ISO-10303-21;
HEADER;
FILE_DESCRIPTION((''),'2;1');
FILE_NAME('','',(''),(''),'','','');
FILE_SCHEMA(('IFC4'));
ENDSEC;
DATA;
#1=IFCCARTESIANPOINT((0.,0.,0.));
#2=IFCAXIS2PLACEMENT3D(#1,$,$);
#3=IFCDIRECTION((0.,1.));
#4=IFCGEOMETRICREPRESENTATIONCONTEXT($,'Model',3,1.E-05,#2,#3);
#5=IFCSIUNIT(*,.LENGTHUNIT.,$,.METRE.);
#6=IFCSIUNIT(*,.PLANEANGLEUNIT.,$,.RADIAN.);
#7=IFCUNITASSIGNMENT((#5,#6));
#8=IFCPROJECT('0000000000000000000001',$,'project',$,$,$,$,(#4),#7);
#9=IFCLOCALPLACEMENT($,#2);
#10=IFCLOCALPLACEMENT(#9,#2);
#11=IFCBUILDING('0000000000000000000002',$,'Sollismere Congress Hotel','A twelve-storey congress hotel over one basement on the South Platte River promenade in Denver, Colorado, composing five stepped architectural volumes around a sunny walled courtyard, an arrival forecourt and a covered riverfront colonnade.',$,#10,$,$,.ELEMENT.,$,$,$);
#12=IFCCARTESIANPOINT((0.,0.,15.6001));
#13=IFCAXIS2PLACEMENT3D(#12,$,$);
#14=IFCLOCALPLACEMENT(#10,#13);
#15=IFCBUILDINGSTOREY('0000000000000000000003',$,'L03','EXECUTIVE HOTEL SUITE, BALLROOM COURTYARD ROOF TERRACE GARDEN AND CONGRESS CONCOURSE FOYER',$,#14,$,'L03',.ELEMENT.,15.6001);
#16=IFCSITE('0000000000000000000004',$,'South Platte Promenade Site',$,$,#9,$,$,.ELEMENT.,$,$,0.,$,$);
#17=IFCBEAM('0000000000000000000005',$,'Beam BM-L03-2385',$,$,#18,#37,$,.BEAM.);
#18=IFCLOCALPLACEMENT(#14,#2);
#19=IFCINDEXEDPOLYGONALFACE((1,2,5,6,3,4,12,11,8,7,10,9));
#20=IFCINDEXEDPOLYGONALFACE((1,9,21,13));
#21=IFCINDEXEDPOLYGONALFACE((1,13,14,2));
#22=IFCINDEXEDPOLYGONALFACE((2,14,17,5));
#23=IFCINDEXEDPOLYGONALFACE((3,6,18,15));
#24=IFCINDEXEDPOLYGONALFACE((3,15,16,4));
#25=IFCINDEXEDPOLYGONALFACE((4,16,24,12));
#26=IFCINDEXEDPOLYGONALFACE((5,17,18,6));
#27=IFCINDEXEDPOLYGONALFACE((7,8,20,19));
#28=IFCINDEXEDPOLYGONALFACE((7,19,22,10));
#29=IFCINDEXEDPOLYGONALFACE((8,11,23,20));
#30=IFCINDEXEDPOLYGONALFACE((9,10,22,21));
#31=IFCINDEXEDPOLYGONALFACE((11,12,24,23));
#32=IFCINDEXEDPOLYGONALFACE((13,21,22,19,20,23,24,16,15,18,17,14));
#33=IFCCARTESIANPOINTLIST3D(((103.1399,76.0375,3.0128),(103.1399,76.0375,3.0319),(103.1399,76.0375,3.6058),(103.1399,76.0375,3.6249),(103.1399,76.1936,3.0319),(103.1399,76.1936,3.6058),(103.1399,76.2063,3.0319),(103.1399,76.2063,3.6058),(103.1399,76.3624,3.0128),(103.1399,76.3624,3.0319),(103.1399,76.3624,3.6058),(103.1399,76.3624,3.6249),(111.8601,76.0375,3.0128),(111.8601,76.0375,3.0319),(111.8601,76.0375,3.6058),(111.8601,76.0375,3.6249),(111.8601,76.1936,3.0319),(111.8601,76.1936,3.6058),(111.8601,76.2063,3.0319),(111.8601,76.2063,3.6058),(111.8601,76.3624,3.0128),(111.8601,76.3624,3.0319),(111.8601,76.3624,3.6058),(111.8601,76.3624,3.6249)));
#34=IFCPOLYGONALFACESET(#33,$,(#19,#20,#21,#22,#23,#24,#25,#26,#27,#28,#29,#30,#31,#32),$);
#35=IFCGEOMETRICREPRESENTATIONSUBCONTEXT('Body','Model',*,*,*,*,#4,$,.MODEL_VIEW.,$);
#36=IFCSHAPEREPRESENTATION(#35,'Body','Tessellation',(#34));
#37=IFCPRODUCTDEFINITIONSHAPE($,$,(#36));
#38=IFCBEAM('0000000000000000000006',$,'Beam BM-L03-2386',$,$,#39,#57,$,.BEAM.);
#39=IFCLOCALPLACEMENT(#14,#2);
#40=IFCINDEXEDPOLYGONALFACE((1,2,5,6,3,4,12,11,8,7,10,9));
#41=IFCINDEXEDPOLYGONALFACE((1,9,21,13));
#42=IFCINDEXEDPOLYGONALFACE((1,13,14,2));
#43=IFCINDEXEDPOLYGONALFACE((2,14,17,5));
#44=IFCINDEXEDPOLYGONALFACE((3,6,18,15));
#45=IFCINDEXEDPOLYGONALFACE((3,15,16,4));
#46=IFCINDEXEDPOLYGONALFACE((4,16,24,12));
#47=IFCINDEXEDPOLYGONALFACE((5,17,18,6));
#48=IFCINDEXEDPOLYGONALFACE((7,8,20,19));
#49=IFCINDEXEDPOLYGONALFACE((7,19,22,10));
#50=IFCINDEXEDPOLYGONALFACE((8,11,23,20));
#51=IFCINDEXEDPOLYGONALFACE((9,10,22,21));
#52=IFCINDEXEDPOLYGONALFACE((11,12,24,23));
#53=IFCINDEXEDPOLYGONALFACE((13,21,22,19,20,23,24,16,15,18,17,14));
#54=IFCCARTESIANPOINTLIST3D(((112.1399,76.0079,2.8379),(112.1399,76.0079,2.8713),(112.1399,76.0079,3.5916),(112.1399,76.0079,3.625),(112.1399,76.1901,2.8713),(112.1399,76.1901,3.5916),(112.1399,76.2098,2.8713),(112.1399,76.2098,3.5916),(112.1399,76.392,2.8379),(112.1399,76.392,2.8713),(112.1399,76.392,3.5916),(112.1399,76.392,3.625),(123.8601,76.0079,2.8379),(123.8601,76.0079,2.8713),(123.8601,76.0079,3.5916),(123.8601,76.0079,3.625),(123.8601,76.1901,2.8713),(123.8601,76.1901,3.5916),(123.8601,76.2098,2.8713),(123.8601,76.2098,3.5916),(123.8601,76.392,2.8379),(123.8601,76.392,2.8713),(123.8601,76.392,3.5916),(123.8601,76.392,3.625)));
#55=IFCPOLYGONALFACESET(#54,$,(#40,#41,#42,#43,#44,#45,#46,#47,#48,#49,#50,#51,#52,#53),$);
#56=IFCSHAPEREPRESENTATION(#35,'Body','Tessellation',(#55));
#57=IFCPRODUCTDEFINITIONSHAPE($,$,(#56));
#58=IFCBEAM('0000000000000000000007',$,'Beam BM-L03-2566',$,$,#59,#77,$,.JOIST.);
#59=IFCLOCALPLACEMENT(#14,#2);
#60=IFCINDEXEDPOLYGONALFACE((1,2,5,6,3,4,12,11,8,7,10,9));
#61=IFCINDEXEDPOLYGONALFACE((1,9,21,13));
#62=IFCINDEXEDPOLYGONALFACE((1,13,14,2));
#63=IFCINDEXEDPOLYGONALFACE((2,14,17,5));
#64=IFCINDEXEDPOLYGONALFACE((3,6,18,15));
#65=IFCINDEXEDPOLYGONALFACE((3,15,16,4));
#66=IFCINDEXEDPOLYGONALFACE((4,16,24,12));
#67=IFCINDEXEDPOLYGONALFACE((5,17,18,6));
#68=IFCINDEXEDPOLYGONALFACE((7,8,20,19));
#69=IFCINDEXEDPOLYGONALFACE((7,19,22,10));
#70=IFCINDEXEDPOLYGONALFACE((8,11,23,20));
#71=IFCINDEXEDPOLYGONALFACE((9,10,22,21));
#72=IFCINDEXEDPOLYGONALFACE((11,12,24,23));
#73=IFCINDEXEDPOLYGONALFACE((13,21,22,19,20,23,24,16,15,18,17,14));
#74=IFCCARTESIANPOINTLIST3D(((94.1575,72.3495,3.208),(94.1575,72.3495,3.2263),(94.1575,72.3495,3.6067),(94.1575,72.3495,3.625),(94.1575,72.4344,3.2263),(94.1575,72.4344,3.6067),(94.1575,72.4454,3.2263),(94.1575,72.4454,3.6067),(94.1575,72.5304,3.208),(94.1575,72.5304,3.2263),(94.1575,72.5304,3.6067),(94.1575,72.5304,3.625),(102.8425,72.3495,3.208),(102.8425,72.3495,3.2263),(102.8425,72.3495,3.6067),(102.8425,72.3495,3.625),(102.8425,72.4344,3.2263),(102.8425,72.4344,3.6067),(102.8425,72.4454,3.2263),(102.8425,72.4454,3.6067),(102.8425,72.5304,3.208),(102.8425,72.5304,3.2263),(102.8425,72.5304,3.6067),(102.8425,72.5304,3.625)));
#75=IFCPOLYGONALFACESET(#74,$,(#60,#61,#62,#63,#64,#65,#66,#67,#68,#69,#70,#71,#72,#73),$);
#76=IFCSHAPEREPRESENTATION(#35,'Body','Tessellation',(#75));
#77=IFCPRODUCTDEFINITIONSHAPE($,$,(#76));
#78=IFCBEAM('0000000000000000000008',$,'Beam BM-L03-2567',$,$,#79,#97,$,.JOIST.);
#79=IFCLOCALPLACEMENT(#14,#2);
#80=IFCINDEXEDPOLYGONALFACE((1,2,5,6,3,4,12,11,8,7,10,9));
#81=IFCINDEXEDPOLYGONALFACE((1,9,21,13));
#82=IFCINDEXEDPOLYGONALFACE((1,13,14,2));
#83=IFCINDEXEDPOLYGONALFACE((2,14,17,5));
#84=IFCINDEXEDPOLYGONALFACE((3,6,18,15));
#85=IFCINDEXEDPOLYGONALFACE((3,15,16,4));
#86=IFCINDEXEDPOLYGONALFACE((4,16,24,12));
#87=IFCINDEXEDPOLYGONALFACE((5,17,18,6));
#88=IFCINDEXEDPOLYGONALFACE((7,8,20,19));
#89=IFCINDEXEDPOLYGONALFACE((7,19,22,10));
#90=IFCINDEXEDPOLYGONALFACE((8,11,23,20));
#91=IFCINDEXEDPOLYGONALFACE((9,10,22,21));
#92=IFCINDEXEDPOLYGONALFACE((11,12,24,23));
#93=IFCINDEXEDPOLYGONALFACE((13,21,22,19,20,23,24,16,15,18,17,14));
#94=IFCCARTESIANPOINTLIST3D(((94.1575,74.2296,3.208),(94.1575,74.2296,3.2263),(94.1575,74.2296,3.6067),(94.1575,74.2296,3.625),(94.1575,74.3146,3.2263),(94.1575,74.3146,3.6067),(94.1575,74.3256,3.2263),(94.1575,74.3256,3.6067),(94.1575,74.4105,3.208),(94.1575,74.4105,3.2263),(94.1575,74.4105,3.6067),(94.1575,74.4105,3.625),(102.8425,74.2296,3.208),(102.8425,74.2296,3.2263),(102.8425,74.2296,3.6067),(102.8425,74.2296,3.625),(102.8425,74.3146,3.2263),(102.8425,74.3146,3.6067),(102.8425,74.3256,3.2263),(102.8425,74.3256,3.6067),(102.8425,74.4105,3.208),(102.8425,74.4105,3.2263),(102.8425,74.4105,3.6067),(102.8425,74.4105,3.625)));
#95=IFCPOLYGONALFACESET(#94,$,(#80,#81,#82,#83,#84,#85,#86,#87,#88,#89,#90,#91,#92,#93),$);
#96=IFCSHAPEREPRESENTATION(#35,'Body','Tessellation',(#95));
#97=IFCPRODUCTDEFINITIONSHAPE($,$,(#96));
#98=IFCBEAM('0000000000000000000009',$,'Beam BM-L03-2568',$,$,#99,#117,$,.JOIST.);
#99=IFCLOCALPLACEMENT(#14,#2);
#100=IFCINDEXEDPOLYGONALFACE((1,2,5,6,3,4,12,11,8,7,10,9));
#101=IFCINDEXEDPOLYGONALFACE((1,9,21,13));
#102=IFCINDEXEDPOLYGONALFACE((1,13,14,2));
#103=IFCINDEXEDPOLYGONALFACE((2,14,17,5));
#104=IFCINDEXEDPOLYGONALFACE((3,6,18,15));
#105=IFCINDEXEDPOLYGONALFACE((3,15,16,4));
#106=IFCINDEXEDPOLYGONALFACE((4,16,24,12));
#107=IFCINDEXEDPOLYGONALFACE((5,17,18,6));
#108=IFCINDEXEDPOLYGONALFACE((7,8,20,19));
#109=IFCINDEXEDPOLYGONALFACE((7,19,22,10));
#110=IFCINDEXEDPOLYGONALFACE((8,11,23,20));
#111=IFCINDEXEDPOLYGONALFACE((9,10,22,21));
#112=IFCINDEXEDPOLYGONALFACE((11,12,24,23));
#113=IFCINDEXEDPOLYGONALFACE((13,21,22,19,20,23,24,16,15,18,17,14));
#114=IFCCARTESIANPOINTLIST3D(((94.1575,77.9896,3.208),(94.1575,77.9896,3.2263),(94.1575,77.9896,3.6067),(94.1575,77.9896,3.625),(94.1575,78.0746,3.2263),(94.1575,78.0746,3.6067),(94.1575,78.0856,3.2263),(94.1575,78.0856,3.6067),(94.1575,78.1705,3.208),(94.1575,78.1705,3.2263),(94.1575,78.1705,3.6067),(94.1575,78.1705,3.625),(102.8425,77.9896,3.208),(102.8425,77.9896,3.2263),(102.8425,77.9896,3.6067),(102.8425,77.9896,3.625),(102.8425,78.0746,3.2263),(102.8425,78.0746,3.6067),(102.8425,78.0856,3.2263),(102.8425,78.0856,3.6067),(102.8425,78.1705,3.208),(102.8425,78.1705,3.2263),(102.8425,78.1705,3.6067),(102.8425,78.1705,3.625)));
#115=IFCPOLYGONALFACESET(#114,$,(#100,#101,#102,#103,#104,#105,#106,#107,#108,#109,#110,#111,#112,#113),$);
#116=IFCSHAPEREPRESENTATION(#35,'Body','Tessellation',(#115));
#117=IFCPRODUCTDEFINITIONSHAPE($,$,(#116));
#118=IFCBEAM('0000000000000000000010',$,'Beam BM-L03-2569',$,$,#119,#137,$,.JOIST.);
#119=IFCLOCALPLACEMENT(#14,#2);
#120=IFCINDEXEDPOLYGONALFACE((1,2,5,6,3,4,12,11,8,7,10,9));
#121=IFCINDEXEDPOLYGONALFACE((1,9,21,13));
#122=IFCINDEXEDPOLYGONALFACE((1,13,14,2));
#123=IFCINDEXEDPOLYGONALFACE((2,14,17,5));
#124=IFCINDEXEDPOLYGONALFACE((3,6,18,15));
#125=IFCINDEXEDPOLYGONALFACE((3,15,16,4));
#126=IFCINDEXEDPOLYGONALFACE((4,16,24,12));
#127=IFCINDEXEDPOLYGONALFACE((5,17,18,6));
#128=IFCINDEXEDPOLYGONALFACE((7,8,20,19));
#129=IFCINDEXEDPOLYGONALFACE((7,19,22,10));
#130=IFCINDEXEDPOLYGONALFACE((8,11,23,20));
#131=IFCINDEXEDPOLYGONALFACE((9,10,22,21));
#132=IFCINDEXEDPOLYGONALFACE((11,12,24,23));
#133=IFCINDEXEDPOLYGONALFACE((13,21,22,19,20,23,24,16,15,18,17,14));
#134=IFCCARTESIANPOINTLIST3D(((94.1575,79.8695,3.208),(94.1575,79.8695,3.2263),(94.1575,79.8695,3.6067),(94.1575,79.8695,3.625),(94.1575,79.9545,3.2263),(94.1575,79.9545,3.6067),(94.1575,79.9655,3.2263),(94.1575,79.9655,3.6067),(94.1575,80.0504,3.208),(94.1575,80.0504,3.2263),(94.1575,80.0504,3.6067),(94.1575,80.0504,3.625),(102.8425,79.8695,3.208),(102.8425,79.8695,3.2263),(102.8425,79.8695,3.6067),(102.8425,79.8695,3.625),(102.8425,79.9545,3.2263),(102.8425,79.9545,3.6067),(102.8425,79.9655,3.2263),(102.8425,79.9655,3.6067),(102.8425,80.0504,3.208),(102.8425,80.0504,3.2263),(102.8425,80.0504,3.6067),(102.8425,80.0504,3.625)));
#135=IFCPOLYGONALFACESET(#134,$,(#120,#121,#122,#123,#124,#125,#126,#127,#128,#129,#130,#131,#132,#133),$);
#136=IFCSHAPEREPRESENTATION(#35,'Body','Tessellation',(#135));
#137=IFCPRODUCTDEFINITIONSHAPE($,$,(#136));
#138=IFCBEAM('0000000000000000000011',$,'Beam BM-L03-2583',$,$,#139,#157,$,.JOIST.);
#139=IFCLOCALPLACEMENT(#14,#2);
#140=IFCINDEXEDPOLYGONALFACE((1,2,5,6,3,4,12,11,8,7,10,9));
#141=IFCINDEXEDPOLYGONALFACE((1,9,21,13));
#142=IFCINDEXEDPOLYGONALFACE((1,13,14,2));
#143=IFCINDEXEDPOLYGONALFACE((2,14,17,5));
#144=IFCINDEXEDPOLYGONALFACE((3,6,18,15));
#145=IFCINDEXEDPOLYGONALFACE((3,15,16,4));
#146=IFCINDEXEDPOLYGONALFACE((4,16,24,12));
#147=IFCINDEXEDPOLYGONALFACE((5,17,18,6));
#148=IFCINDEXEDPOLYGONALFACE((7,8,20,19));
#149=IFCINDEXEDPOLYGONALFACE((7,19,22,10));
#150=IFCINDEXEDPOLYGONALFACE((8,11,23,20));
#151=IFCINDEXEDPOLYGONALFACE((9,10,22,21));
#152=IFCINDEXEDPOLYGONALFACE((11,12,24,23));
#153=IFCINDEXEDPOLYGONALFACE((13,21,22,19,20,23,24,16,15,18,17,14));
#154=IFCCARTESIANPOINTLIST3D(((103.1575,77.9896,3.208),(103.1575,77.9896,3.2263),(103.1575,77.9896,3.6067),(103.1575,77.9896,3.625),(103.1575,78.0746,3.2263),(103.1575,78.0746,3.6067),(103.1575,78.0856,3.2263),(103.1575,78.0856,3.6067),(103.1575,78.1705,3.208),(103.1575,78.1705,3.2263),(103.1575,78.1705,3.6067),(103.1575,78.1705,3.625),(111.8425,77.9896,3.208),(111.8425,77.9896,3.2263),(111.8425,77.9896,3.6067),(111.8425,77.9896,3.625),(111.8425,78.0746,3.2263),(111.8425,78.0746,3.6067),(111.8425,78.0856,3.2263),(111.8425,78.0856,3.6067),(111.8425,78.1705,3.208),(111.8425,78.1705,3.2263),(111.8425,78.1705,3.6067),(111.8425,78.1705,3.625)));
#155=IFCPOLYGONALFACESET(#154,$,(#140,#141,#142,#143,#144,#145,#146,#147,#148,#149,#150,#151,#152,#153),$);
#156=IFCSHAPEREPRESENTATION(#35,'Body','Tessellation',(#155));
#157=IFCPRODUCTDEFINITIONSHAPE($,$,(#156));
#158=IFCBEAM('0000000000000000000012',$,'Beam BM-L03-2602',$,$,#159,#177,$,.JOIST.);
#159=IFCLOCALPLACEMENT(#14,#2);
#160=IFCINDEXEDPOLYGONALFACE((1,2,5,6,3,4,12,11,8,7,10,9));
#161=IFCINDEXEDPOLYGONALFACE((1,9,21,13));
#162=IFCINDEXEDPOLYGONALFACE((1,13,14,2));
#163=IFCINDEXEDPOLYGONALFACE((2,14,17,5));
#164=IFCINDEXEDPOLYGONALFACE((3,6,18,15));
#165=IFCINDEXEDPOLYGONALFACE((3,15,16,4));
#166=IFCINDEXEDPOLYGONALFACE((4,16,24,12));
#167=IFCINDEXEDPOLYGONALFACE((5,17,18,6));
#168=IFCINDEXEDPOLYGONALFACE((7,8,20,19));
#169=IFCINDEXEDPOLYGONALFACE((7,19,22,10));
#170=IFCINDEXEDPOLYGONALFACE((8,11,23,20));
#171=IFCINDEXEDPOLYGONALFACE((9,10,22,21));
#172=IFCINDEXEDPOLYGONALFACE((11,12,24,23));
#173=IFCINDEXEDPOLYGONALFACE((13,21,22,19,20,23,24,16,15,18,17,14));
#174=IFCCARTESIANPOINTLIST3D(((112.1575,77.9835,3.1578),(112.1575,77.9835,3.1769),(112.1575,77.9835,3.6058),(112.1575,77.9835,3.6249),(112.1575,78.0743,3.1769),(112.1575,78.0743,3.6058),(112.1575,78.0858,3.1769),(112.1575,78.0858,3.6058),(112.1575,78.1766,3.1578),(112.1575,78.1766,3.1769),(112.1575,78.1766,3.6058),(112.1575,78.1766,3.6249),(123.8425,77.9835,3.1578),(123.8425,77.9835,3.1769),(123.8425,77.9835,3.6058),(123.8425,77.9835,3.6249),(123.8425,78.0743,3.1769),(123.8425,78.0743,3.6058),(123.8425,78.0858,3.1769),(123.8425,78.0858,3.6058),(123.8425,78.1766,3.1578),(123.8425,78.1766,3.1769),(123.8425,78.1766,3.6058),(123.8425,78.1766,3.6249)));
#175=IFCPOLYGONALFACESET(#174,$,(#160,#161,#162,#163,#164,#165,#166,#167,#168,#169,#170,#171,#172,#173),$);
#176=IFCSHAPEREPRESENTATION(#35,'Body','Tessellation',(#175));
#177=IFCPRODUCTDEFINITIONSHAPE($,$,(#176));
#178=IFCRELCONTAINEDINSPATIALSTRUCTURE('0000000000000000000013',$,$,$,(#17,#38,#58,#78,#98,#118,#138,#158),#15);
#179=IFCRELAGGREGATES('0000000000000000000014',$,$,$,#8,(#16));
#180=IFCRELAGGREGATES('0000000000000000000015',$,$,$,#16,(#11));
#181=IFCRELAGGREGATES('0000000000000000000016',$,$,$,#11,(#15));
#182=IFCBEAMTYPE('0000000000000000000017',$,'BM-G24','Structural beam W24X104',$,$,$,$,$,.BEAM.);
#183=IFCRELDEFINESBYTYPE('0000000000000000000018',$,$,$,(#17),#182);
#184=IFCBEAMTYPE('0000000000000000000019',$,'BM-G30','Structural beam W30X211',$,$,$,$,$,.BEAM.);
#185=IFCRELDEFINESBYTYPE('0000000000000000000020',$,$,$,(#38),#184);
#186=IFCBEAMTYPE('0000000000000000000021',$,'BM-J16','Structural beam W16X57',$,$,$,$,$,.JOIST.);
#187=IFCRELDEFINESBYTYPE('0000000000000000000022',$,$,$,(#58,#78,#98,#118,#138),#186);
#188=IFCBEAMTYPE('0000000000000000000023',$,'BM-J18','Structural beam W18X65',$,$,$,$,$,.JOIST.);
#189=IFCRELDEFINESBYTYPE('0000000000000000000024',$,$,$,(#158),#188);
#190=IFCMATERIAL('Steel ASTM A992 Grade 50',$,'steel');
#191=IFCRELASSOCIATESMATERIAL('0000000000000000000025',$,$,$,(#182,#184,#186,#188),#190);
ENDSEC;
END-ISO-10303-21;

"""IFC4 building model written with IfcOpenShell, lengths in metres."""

from ifc_helpers import new_model, si_unit, direction, frame, origin, origin_2d, place, context, subcontext, project, spatial, i_section, extrude, material, material_profile, profile_set, type_object, element, save


model = new_model("IFC4")

# Units and contexts
model_context = context("Model", 3, precision=1e-05, world=origin(), true_north=direction((0.0, 1.0)))
body_context = subcontext(model_context, "Body", "Model", "MODEL_VIEW")
ifc_project = project(units=[si_unit("LENGTHUNIT", "METRE"), si_unit("PLANEANGLEUNIT", "RADIAN")], contexts=[model_context])

# Site, building, storey
site_placement = place(None, origin())
site = spatial("IfcSite", under=ifc_project, at=site_placement, Name="South Platte Promenade Site", CompositionType="ELEMENT", RefElevation=0.0)
building_placement = place(site_placement, origin())
building = spatial("IfcBuilding", under=site, at=building_placement, Name="Sollismere Congress Hotel", Description="A twelve-storey congress hotel over one basement on the South Platte River promenade in Denver, Colorado, composing five stepped architectural volumes around a sunny walled courtyard, an arrival forecourt and a covered riverfront colonnade.", CompositionType="ELEMENT")
storey_placement = place(building_placement, frame((0.0, 0.0, 15.6001)))
storey = spatial("IfcBuildingStorey", under=building, at=storey_placement, Name="L03", Description="EXECUTIVE HOTEL SUITE, BALLROOM COURTYARD ROOF TERRACE GARDEN AND CONGRESS CONCOURSE FOYER", LongName="L03", CompositionType="ELEMENT", Elevation=15.6001)

# Shared definitions
ifc_material_1 = material(Name="Steel ASTM A992 Grade 50", Category="steel")

# Beams
ifc_material_profile_1 = material_profile(ifc_material_1, i_section(OverallWidth=0.325, OverallDepth=0.6121, WebThickness=0.0127, FlangeThickness=0.019, at=origin_2d()), Name="W24X104")
ifc_profile_set_1 = profile_set([ifc_material_profile_1], Name="Steel ASTM A992 Grade 50")
beam_type_1 = type_object("IfcBeamType", Name="BM-G24", Description="Structural beam W24X104", PredefinedType="BEAM", material=ifc_profile_set_1)
for number, where, z_axis, x_axis, name in (
    (1, (103.1399, 76.2, 3.3188), (1.0, 0.0, 0.0), (0.0, 1.0, 0.0), "Beam BM-L03-2385"),
):
    element("IfcBeam", number, at=place(storey_placement, frame(where, z_axis=z_axis, x_axis=x_axis)), inside=storey, type_object=beam_type_1, Name=name, PredefinedType="BEAM", context=body_context, shape_type="SweptSolid", body=[
        extrude(i_section(OverallWidth=0.325, OverallDepth=0.6121, WebThickness=0.0127, FlangeThickness=0.019, at=origin_2d()), origin(), (0.0, 0.0, 1.0), 8.7202),
    ])
ifc_material_profile_2 = material_profile(ifc_material_1, i_section(OverallWidth=0.384, OverallDepth=0.7871, WebThickness=0.0198, FlangeThickness=0.0334, at=origin_2d()), Name="W30X211")
ifc_profile_set_2 = profile_set([ifc_material_profile_2], Name="Steel ASTM A992 Grade 50")
beam_type_2 = type_object("IfcBeamType", Name="BM-G30", Description="Structural beam W30X211", PredefinedType="BEAM", material=ifc_profile_set_2)
beam_1_placement = place(storey_placement, frame((112.1399, 76.2, 3.2314), z_axis=(1.0, 0.0, 0.0), x_axis=(0.0, 1.0, 0.0)))
element("IfcBeam", 2, at=beam_1_placement, inside=storey, type_object=beam_type_2, Name="Beam BM-L03-2386", PredefinedType="BEAM", context=body_context, shape_type="SweptSolid", body=[
    extrude(i_section(OverallWidth=0.384, OverallDepth=0.7871, WebThickness=0.0198, FlangeThickness=0.0334, at=origin_2d()), origin(), (0.0, 0.0, 1.0), 11.7202),
])
ifc_material_profile_3 = material_profile(ifc_material_1, i_section(OverallWidth=0.1809, OverallDepth=0.417, WebThickness=0.011, FlangeThickness=0.0183, at=origin_2d()), Name="W16X57")
ifc_profile_set_3 = profile_set([ifc_material_profile_3], Name="Steel ASTM A992 Grade 50")
beam_type_3 = type_object("IfcBeamType", Name="BM-J16", Description="Structural beam W16X57", PredefinedType="JOIST", material=ifc_profile_set_3)
for number, where, z_axis, x_axis, name in (
    (3, (94.1575, 72.4399, 3.4165), (1.0, 0.0, 0.0), (0.0, 1.0, 0.0), "Beam BM-L03-2566"),
    (4, (94.1575, 74.3201, 3.4165), (1.0, 0.0, 0.0), (0.0, 1.0, 0.0), "Beam BM-L03-2567"),
    (5, (94.1575, 78.0801, 3.4165), (1.0, 0.0, 0.0), (0.0, 1.0, 0.0), "Beam BM-L03-2568"),
    (6, (94.1575, 79.96, 3.4165), (1.0, 0.0, 0.0), (0.0, 1.0, 0.0), "Beam BM-L03-2569"),
    (7, (103.1575, 78.0801, 3.4165), (1.0, 0.0, 0.0), (0.0, 1.0, 0.0), "Beam BM-L03-2583"),
):
    element("IfcBeam", number, at=place(storey_placement, frame(where, z_axis=z_axis, x_axis=x_axis)), inside=storey, type_object=beam_type_3, Name=name, PredefinedType="JOIST", context=body_context, shape_type="SweptSolid", body=[
        extrude(i_section(OverallWidth=0.1809, OverallDepth=0.417, WebThickness=0.011, FlangeThickness=0.0183, at=origin_2d()), origin(), (0.0, 0.0, 1.0), 8.6851),
    ])
ifc_material_profile_4 = material_profile(ifc_material_1, i_section(OverallWidth=0.1931, OverallDepth=0.467, WebThickness=0.0115, FlangeThickness=0.019, at=origin_2d()), Name="W18X65")
ifc_profile_set_4 = profile_set([ifc_material_profile_4], Name="Steel ASTM A992 Grade 50")
beam_type_4 = type_object("IfcBeamType", Name="BM-J18", Description="Structural beam W18X65", PredefinedType="JOIST", material=ifc_profile_set_4)
beam_2_placement = place(storey_placement, frame((112.1575, 78.0801, 3.3914), z_axis=(1.0, 0.0, 0.0), x_axis=(0.0, 1.0, 0.0)))
element("IfcBeam", 8, at=beam_2_placement, inside=storey, type_object=beam_type_4, Name="Beam BM-L03-2602", PredefinedType="JOIST", context=body_context, shape_type="SweptSolid", body=[
    extrude(i_section(OverallWidth=0.1931, OverallDepth=0.467, WebThickness=0.0115, FlangeThickness=0.019, at=origin_2d()), origin(), (0.0, 0.0, 1.0), 11.6851),
])

save(model, "model.ifc")
